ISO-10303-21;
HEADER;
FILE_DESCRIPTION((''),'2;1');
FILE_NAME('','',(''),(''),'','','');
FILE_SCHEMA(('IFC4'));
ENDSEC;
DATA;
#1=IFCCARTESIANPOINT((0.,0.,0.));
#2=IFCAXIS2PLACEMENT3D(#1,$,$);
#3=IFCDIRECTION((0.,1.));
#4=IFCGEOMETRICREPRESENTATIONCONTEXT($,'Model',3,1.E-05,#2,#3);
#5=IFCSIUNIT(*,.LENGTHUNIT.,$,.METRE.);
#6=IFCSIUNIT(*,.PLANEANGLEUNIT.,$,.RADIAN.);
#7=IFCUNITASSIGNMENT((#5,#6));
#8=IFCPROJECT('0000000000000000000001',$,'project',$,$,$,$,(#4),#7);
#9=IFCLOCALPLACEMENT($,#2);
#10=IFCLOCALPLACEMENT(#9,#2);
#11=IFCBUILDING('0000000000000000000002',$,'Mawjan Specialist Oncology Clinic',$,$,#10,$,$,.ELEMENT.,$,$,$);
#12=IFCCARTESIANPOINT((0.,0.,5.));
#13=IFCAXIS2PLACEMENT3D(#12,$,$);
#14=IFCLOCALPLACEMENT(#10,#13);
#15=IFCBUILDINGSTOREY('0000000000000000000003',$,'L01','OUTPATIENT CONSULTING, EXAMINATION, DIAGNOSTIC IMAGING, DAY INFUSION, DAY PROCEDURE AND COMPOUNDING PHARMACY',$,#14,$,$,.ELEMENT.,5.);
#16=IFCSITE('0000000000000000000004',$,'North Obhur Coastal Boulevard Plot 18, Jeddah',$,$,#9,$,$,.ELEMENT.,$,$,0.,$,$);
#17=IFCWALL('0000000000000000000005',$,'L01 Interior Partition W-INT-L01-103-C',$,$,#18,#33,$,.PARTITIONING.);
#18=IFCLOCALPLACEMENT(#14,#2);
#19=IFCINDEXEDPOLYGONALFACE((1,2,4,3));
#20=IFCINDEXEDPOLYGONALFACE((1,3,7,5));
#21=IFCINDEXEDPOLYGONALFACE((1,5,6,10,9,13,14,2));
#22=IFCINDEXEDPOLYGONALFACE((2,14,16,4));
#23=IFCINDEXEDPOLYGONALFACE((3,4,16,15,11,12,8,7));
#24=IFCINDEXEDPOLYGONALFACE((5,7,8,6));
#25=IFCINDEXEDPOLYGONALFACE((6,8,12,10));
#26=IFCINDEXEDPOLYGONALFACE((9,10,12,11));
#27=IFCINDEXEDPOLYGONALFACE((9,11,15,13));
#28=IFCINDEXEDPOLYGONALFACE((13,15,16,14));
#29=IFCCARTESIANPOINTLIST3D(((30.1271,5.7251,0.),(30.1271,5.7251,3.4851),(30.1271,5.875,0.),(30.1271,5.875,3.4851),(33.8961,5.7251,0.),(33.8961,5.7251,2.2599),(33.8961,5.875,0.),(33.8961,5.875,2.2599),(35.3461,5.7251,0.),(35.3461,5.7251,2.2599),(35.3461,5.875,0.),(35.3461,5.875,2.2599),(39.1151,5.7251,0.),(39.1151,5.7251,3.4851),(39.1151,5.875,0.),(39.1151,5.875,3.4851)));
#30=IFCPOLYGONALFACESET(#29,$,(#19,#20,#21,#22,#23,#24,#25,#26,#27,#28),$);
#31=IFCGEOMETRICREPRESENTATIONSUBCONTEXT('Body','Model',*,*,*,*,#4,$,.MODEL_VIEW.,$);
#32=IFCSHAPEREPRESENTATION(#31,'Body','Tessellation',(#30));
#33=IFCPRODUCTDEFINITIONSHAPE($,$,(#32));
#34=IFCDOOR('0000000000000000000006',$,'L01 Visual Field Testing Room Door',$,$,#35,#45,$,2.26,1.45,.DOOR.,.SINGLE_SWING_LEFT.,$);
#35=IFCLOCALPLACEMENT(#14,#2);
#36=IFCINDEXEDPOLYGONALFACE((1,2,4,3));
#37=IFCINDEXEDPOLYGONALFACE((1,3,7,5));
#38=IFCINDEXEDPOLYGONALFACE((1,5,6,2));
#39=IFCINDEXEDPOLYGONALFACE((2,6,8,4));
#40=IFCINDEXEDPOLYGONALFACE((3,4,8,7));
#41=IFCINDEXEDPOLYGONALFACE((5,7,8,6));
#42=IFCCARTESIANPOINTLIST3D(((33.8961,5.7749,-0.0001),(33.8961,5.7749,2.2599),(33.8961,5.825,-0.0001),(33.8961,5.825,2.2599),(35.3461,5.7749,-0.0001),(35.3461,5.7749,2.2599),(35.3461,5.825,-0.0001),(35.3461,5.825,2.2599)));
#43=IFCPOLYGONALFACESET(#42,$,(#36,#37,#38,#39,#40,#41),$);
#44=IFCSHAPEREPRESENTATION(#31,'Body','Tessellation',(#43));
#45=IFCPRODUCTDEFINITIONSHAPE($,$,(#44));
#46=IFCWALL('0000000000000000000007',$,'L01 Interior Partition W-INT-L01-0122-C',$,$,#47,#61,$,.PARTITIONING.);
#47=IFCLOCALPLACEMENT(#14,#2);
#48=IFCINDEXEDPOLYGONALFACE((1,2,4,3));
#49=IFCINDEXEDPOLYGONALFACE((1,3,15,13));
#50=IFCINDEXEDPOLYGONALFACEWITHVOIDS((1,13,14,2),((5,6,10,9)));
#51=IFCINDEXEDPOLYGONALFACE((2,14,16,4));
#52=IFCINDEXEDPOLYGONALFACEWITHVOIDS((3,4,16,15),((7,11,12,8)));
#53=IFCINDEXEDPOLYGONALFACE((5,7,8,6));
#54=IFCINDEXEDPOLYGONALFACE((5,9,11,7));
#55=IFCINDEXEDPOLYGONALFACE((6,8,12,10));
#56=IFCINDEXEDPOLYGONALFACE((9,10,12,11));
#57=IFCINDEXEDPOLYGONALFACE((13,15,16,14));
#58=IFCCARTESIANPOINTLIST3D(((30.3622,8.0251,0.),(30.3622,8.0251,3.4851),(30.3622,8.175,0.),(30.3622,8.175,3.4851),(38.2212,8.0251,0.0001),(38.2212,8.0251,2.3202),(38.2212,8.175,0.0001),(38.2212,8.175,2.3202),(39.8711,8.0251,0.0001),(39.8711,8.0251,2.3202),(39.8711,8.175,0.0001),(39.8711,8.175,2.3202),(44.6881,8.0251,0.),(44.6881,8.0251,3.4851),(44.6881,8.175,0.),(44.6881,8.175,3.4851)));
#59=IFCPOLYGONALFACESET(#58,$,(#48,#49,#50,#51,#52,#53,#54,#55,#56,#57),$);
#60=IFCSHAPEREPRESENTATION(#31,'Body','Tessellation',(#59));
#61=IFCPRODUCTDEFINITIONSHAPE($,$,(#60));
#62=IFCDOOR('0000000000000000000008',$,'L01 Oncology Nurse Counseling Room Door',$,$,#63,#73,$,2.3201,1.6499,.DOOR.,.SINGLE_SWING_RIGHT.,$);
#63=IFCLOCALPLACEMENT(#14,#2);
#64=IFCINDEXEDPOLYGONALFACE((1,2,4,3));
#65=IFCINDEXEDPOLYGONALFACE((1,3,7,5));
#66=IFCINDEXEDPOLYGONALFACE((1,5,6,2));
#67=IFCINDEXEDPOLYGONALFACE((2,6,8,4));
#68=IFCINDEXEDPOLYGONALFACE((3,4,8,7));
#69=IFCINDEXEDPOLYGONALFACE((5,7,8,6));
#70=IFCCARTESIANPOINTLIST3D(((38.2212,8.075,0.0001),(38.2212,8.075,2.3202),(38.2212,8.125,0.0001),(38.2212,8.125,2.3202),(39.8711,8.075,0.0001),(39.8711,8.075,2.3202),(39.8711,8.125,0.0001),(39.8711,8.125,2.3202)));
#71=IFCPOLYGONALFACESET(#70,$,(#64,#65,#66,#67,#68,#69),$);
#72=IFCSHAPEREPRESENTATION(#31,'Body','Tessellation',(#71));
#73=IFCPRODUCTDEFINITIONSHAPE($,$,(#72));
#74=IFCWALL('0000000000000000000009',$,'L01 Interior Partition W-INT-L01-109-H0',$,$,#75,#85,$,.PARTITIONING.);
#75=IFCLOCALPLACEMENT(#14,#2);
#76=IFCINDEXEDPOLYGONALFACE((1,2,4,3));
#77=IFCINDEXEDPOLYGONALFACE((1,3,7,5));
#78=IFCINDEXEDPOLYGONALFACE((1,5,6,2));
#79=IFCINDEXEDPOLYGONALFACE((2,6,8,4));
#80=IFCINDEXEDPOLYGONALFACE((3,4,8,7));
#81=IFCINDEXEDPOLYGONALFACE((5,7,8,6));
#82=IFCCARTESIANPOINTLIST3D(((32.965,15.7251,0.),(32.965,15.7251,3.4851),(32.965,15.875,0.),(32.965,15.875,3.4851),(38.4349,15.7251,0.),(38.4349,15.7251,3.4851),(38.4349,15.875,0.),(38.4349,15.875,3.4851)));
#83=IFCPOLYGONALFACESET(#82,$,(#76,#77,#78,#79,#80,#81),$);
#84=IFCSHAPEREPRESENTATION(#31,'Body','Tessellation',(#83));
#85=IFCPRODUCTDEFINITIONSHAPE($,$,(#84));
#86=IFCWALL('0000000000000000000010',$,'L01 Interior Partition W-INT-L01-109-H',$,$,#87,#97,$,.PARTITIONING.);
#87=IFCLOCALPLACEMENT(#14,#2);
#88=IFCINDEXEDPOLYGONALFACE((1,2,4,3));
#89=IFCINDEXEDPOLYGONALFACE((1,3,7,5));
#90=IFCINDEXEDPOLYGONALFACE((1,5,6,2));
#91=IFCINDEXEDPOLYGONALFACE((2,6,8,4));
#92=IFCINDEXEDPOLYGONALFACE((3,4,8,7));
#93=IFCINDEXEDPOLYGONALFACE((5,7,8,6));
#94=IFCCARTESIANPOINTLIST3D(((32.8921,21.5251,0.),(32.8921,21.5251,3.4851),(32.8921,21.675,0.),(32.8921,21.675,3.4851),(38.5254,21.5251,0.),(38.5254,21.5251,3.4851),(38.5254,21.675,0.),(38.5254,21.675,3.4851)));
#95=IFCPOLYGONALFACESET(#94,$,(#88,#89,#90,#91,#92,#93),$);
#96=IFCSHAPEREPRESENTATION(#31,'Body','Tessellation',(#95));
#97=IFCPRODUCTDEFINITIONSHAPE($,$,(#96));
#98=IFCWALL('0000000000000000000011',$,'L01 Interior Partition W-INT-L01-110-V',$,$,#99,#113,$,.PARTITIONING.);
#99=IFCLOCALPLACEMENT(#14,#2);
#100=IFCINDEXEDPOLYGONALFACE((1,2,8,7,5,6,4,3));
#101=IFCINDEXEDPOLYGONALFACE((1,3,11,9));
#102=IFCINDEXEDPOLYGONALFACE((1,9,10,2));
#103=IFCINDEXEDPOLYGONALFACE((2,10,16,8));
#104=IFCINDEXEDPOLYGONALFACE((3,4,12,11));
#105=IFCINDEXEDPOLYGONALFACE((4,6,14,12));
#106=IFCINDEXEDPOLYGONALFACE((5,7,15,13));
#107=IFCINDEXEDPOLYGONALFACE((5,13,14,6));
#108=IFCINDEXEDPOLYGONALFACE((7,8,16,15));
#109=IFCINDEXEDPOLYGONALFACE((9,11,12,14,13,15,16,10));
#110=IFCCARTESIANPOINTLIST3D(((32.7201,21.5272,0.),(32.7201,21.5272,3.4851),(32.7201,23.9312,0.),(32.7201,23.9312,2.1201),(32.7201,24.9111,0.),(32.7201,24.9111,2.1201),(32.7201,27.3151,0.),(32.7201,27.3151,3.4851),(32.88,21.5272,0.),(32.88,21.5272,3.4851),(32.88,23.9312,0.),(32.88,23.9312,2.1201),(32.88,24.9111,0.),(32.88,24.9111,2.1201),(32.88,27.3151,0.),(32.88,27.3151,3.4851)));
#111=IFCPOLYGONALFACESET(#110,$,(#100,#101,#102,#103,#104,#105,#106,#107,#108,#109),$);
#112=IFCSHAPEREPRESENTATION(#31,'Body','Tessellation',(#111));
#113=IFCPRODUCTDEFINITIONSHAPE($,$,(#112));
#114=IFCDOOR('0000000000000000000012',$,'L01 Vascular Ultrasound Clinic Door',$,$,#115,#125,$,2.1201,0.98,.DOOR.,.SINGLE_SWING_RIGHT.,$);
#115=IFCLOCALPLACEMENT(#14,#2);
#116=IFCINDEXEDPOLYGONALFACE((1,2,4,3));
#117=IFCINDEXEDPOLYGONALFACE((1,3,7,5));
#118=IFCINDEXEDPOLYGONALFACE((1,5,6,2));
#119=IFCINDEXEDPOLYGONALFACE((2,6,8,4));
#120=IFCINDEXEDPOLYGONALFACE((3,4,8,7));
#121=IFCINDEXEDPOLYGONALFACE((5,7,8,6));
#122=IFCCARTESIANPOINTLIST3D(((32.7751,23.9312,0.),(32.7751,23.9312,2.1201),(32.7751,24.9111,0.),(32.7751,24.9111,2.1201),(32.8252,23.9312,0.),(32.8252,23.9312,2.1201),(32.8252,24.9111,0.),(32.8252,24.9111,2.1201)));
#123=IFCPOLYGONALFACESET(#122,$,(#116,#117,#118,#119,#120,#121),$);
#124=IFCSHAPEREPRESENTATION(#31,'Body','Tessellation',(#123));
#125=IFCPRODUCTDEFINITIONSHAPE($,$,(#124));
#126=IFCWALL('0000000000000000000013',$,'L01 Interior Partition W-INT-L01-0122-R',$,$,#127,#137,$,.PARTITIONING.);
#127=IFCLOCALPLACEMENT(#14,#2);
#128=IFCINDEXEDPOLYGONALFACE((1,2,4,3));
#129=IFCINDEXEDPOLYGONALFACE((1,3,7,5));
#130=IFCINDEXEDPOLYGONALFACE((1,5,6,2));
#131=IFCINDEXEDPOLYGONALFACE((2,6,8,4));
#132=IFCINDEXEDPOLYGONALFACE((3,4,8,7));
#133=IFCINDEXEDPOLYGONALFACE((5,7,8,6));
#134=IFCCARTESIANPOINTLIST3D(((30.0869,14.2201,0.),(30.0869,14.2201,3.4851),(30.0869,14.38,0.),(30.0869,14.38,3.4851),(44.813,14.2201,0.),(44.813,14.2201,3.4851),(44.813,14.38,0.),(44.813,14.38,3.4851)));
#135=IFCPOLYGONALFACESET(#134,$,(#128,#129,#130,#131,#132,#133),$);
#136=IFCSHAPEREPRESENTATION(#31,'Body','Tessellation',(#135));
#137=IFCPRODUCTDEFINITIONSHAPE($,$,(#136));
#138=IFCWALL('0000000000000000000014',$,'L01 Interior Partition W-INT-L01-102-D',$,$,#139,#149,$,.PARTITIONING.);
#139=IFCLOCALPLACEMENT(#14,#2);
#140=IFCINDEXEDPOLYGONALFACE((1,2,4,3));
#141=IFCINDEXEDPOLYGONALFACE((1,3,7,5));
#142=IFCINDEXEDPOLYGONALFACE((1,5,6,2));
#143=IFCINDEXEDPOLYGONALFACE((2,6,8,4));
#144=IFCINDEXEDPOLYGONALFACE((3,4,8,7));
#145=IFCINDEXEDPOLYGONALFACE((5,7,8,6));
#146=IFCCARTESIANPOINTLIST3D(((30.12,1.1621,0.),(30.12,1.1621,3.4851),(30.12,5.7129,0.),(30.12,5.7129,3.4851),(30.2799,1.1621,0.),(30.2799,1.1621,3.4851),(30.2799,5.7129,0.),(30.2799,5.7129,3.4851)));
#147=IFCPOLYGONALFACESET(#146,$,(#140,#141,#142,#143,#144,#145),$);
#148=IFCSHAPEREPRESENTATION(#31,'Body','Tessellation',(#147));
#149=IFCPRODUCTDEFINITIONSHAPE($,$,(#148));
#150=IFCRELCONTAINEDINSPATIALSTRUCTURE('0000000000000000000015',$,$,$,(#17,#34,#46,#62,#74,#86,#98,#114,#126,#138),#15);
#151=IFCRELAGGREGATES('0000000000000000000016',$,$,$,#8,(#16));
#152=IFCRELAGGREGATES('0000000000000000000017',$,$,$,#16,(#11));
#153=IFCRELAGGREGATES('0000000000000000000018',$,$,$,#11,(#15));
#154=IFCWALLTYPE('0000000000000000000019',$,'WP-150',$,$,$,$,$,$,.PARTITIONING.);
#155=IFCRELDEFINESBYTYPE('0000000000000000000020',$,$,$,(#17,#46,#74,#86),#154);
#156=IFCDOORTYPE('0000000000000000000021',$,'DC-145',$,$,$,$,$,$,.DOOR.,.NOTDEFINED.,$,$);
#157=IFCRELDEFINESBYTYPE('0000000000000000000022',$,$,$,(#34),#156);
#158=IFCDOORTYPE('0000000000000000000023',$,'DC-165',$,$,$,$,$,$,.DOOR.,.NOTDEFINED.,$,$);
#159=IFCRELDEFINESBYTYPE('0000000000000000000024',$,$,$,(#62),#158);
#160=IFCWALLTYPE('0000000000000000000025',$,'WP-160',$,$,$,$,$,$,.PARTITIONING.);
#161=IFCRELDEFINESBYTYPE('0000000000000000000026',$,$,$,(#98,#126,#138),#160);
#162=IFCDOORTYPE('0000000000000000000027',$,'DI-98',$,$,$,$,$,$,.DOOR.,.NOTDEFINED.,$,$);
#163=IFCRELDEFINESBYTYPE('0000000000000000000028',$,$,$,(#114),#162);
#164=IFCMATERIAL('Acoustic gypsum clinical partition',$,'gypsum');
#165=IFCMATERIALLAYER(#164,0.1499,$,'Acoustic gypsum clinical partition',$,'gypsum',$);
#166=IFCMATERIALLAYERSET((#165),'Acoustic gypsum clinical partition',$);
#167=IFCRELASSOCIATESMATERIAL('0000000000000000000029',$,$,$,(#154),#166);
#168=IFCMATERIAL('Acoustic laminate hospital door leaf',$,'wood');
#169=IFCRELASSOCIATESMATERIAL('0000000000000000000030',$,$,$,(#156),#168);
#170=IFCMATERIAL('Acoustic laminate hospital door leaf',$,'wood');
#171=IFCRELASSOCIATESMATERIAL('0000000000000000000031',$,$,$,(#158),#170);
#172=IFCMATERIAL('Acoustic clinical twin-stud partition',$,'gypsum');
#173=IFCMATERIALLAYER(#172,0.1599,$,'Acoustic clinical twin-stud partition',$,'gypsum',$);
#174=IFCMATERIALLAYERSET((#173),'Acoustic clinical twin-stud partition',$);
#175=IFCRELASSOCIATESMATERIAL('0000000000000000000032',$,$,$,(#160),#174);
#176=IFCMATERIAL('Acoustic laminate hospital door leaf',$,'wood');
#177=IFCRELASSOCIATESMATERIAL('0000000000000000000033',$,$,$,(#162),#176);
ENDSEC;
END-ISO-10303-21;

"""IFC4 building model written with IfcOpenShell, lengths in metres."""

from ifc_helpers import new_model, si_unit, direction, frame, frame_2d, origin, place, context, subcontext, project, spatial, rectangle, extrude, material, layer, layer_set, type_object, element, fill, save


model = new_model("IFC4")

# Units and contexts
model_context = context("Model", 3, precision=1e-05, world=origin(), true_north=direction((0.0, 1.0)))
body_context = subcontext(model_context, "Body", "Model", "MODEL_VIEW")
ifc_project = project(units=[si_unit("LENGTHUNIT", "METRE"), si_unit("PLANEANGLEUNIT", "RADIAN")], contexts=[model_context])

# Site, building, storey
site_placement = place(None, origin())
site = spatial("IfcSite", under=ifc_project, at=site_placement, Name="North Obhur Coastal Boulevard Plot 18, Jeddah", CompositionType="ELEMENT", RefElevation=0.0)
building_placement = place(site_placement, origin())
building = spatial("IfcBuilding", under=site, at=building_placement, Name="Mawjan Specialist Oncology Clinic", CompositionType="ELEMENT")
storey_placement = place(building_placement, frame((0.0, 0.0, 5.0)))
storey = spatial("IfcBuildingStorey", under=building, at=storey_placement, Name="L01", Description="OUTPATIENT CONSULTING, EXAMINATION, DIAGNOSTIC IMAGING, DAY INFUSION, DAY PROCEDURE AND COMPOUNDING PHARMACY", CompositionType="ELEMENT", Elevation=5.0)

# Walls, openings, doors
ifc_material_1 = material(Name="Acoustic gypsum clinical partition", Category="gypsum")
ifc_layer_1 = layer(ifc_material_1, 0.1499, Name="Acoustic gypsum clinical partition", Category="gypsum")
ifc_layer_set_1 = layer_set([ifc_layer_1], Name="Acoustic gypsum clinical partition")
wall_type_1 = type_object("IfcWallType", Name="WP-150", PredefinedType="PARTITIONING", material=ifc_layer_set_1)
wall_1_placement = place(storey_placement, frame((30.127, 5.8, 0.0), z_axis=(0.0, 0.0, 1.0), x_axis=(1.0, 0.0, 0.0)))
wall_1 = element("IfcWall", 1, at=wall_1_placement, inside=storey, type_object=wall_type_1, Name="L01 Interior Partition W-INT-L01-103-C", PredefinedType="PARTITIONING", context=body_context, shape_type="SweptSolid", body=[
    extrude(rectangle(XDim=8.988, YDim=0.1499, at=frame_2d((4.4941, 0.0))), origin(), (0.0, 0.0, 1.0), 3.4851),
])
opening_1_placement = place(wall_1_placement, frame((3.769, 0.0, 0.0)))
opening_1 = element("IfcOpeningElement", 2, at=opening_1_placement, cuts=wall_1, PredefinedType="OPENING", context=body_context, shape_type="SweptSolid", body=[
    extrude(rectangle(XDim=1.45, YDim=2.26, at=frame_2d((0.7251, 1.1299))), frame((0.0, 0.0869, 0.0), z_axis=(0.0, -1.0, 0.0), x_axis=(1.0, 0.0, 0.0)), (0.0, 0.0, 1.0), 0.1738),
])
ifc_material_2 = material(Name="Acoustic laminate hospital door leaf", Category="wood")
door_type_1 = type_object("IfcDoorType", Name="DC-145", OperationType="NOTDEFINED", PredefinedType="DOOR", material=ifc_material_2)
door_1_placement = place(opening_1_placement, origin())
door_1 = element("IfcDoor", 3, at=door_1_placement, inside=storey, type_object=door_type_1, Name="L01 Visual Field Testing Room Door", OperationType="SINGLE_SWING_LEFT", OverallHeight=2.26, OverallWidth=1.45, PredefinedType="DOOR", context=body_context, shape_type="SweptSolid", body=[
    extrude(rectangle(XDim=1.45, YDim=2.26, at=frame_2d((0.7251, 1.1299))), frame((0.0, 0.0249, 0.0), z_axis=(0.0, -1.0, 0.0), x_axis=(1.0, 0.0, 0.0)), (0.0, 0.0, 1.0), 0.05),
])
fill(opening_1, door_1)
wall_2_placement = place(storey_placement, frame((30.3621, 8.1001, 0.0), z_axis=(0.0, 0.0, 1.0), x_axis=(1.0, 0.0, 0.0)))
wall_2 = element("IfcWall", 4, at=wall_2_placement, inside=storey, type_object=wall_type_1, Name="L01 Interior Partition W-INT-L01-0122-C", PredefinedType="PARTITIONING", context=body_context, shape_type="SweptSolid", body=[
    extrude(rectangle(XDim=14.3259, YDim=0.1499, at=frame_2d((7.1631, 0.0))), origin(), (0.0, 0.0, 1.0), 3.4851),
])
opening_2_placement = place(wall_2_placement, frame((7.8591, 0.0, 0.0)))
opening_2 = element("IfcOpeningElement", 5, at=opening_2_placement, cuts=wall_2, PredefinedType="OPENING", context=body_context, shape_type="SweptSolid", body=[
    extrude(rectangle(XDim=1.6499, YDim=2.3201, at=frame_2d((0.825, 1.1602))), frame((0.0, 0.0869, 0.0), z_axis=(0.0, -1.0, 0.0), x_axis=(1.0, 0.0, 0.0)), (0.0, 0.0, 1.0), 0.1738),
])
ifc_material_3 = material(Name="Acoustic laminate hospital door leaf", Category="wood")
door_type_2 = type_object("IfcDoorType", Name="DC-165", OperationType="NOTDEFINED", PredefinedType="DOOR", material=ifc_material_3)
door_2_placement = place(opening_2_placement, origin())
door_2 = element("IfcDoor", 6, at=door_2_placement, inside=storey, type_object=door_type_2, Name="L01 Oncology Nurse Counseling Room Door", OperationType="SINGLE_SWING_RIGHT", OverallHeight=2.3201, OverallWidth=1.6499, PredefinedType="DOOR", context=body_context, shape_type="SweptSolid", body=[
    extrude(rectangle(XDim=1.6499, YDim=2.3201, at=frame_2d((0.825, 1.1602))), frame((0.0, 0.0249, 0.0), z_axis=(0.0, -1.0, 0.0), x_axis=(1.0, 0.0, 0.0)), (0.0, 0.0, 1.0), 0.05),
])
fill(opening_2, door_2)

# Walls
wall_3_placement = place(storey_placement, frame((32.9651, 15.8, 0.0), z_axis=(0.0, 0.0, 1.0), x_axis=(1.0, 0.0, 0.0)))
element("IfcWall", 7, at=wall_3_placement, inside=storey, type_object=wall_type_1, Name="L01 Interior Partition W-INT-L01-109-H0", PredefinedType="PARTITIONING", context=body_context, shape_type="SweptSolid", body=[
    extrude(rectangle(XDim=5.47, YDim=0.1499, at=frame_2d((2.7349, 0.0))), origin(), (0.0, 0.0, 1.0), 3.4851),
])
wall_4_placement = place(storey_placement, frame((32.8921, 21.6001, 0.0), z_axis=(0.0, 0.0, 1.0), x_axis=(1.0, 0.0, 0.0)))
element("IfcWall", 8, at=wall_4_placement, inside=storey, type_object=wall_type_1, Name="L01 Interior Partition W-INT-L01-109-H", PredefinedType="PARTITIONING", context=body_context, shape_type="SweptSolid", body=[
    extrude(rectangle(XDim=5.6333, YDim=0.1499, at=frame_2d((2.8167, 0.0))), origin(), (0.0, 0.0, 1.0), 3.4851),
])

# Wall, opening, door
ifc_material_4 = material(Name="Acoustic clinical twin-stud partition", Category="gypsum")
ifc_layer_2 = layer(ifc_material_4, 0.1599, Name="Acoustic clinical twin-stud partition", Category="gypsum")
ifc_layer_set_2 = layer_set([ifc_layer_2], Name="Acoustic clinical twin-stud partition")
wall_type_2 = type_object("IfcWallType", Name="WP-160", PredefinedType="PARTITIONING", material=ifc_layer_set_2)
wall_5_placement = place(storey_placement, frame((32.8, 21.5271, 0.0), z_axis=(0.0, 0.0, 1.0), x_axis=(0.0, 1.0, 0.0)))
wall_5 = element("IfcWall", 9, at=wall_5_placement, inside=storey, type_object=wall_type_2, Name="L01 Interior Partition W-INT-L01-110-V", PredefinedType="PARTITIONING", context=body_context, shape_type="SweptSolid", body=[
    extrude(rectangle(XDim=5.7878, YDim=0.1599, at=frame_2d((2.894, 0.0))), origin(), (0.0, 0.0, 1.0), 3.4851),
])
opening_3_placement = place(wall_5_placement, frame((2.4041, 0.0, 0.0)))
opening_3 = element("IfcOpeningElement", 10, at=opening_3_placement, cuts=wall_5, PredefinedType="OPENING", context=body_context, shape_type="SweptSolid", body=[
    extrude(rectangle(XDim=0.98, YDim=2.1201, at=frame_2d((0.49, 1.0601))), frame((0.0, 0.092, 0.0), z_axis=(0.0, -1.0, 0.0), x_axis=(1.0, 0.0, 0.0)), (0.0, 0.0, 1.0), 0.1838),
])
ifc_material_5 = material(Name="Acoustic laminate hospital door leaf", Category="wood")
door_type_3 = type_object("IfcDoorType", Name="DI-98", OperationType="NOTDEFINED", PredefinedType="DOOR", material=ifc_material_5)
door_3_placement = place(opening_3_placement, origin())
door_3 = element("IfcDoor", 11, at=door_3_placement, inside=storey, type_object=door_type_3, Name="L01 Vascular Ultrasound Clinic Door", OperationType="SINGLE_SWING_RIGHT", OverallHeight=2.1201, OverallWidth=0.98, PredefinedType="DOOR", context=body_context, shape_type="SweptSolid", body=[
    extrude(rectangle(XDim=0.98, YDim=2.1201, at=frame_2d((0.49, 1.0601))), frame((0.0, 0.0249, 0.0), z_axis=(0.0, -1.0, 0.0), x_axis=(1.0, 0.0, 0.0)), (0.0, 0.0, 1.0), 0.05),
])
fill(opening_3, door_3)

# Walls
wall_6_placement = place(storey_placement, frame((30.0869, 14.3, 0.0), z_axis=(0.0, 0.0, 1.0), x_axis=(1.0, 0.0, 0.0)))
element("IfcWall", 12, at=wall_6_placement, inside=storey, type_object=wall_type_2, Name="L01 Interior Partition W-INT-L01-0122-R", PredefinedType="PARTITIONING", context=body_context, shape_type="SweptSolid", body=[
    extrude(rectangle(XDim=14.7261, YDim=0.1599, at=frame_2d((7.363, 0.0))), origin(), (0.0, 0.0, 1.0), 3.4851),
])
wall_7_placement = place(storey_placement, frame((30.2, 1.1621, 0.0), z_axis=(0.0, 0.0, 1.0), x_axis=(0.0, 1.0, 0.0)))
element("IfcWall", 13, at=wall_7_placement, inside=storey, type_object=wall_type_2, Name="L01 Interior Partition W-INT-L01-102-D", PredefinedType="PARTITIONING", context=body_context, shape_type="SweptSolid", body=[
    extrude(rectangle(XDim=4.5508, YDim=0.1599, at=frame_2d((2.2754, 0.0))), origin(), (0.0, 0.0, 1.0), 3.4851),
])

save(model, "model.ifc")
